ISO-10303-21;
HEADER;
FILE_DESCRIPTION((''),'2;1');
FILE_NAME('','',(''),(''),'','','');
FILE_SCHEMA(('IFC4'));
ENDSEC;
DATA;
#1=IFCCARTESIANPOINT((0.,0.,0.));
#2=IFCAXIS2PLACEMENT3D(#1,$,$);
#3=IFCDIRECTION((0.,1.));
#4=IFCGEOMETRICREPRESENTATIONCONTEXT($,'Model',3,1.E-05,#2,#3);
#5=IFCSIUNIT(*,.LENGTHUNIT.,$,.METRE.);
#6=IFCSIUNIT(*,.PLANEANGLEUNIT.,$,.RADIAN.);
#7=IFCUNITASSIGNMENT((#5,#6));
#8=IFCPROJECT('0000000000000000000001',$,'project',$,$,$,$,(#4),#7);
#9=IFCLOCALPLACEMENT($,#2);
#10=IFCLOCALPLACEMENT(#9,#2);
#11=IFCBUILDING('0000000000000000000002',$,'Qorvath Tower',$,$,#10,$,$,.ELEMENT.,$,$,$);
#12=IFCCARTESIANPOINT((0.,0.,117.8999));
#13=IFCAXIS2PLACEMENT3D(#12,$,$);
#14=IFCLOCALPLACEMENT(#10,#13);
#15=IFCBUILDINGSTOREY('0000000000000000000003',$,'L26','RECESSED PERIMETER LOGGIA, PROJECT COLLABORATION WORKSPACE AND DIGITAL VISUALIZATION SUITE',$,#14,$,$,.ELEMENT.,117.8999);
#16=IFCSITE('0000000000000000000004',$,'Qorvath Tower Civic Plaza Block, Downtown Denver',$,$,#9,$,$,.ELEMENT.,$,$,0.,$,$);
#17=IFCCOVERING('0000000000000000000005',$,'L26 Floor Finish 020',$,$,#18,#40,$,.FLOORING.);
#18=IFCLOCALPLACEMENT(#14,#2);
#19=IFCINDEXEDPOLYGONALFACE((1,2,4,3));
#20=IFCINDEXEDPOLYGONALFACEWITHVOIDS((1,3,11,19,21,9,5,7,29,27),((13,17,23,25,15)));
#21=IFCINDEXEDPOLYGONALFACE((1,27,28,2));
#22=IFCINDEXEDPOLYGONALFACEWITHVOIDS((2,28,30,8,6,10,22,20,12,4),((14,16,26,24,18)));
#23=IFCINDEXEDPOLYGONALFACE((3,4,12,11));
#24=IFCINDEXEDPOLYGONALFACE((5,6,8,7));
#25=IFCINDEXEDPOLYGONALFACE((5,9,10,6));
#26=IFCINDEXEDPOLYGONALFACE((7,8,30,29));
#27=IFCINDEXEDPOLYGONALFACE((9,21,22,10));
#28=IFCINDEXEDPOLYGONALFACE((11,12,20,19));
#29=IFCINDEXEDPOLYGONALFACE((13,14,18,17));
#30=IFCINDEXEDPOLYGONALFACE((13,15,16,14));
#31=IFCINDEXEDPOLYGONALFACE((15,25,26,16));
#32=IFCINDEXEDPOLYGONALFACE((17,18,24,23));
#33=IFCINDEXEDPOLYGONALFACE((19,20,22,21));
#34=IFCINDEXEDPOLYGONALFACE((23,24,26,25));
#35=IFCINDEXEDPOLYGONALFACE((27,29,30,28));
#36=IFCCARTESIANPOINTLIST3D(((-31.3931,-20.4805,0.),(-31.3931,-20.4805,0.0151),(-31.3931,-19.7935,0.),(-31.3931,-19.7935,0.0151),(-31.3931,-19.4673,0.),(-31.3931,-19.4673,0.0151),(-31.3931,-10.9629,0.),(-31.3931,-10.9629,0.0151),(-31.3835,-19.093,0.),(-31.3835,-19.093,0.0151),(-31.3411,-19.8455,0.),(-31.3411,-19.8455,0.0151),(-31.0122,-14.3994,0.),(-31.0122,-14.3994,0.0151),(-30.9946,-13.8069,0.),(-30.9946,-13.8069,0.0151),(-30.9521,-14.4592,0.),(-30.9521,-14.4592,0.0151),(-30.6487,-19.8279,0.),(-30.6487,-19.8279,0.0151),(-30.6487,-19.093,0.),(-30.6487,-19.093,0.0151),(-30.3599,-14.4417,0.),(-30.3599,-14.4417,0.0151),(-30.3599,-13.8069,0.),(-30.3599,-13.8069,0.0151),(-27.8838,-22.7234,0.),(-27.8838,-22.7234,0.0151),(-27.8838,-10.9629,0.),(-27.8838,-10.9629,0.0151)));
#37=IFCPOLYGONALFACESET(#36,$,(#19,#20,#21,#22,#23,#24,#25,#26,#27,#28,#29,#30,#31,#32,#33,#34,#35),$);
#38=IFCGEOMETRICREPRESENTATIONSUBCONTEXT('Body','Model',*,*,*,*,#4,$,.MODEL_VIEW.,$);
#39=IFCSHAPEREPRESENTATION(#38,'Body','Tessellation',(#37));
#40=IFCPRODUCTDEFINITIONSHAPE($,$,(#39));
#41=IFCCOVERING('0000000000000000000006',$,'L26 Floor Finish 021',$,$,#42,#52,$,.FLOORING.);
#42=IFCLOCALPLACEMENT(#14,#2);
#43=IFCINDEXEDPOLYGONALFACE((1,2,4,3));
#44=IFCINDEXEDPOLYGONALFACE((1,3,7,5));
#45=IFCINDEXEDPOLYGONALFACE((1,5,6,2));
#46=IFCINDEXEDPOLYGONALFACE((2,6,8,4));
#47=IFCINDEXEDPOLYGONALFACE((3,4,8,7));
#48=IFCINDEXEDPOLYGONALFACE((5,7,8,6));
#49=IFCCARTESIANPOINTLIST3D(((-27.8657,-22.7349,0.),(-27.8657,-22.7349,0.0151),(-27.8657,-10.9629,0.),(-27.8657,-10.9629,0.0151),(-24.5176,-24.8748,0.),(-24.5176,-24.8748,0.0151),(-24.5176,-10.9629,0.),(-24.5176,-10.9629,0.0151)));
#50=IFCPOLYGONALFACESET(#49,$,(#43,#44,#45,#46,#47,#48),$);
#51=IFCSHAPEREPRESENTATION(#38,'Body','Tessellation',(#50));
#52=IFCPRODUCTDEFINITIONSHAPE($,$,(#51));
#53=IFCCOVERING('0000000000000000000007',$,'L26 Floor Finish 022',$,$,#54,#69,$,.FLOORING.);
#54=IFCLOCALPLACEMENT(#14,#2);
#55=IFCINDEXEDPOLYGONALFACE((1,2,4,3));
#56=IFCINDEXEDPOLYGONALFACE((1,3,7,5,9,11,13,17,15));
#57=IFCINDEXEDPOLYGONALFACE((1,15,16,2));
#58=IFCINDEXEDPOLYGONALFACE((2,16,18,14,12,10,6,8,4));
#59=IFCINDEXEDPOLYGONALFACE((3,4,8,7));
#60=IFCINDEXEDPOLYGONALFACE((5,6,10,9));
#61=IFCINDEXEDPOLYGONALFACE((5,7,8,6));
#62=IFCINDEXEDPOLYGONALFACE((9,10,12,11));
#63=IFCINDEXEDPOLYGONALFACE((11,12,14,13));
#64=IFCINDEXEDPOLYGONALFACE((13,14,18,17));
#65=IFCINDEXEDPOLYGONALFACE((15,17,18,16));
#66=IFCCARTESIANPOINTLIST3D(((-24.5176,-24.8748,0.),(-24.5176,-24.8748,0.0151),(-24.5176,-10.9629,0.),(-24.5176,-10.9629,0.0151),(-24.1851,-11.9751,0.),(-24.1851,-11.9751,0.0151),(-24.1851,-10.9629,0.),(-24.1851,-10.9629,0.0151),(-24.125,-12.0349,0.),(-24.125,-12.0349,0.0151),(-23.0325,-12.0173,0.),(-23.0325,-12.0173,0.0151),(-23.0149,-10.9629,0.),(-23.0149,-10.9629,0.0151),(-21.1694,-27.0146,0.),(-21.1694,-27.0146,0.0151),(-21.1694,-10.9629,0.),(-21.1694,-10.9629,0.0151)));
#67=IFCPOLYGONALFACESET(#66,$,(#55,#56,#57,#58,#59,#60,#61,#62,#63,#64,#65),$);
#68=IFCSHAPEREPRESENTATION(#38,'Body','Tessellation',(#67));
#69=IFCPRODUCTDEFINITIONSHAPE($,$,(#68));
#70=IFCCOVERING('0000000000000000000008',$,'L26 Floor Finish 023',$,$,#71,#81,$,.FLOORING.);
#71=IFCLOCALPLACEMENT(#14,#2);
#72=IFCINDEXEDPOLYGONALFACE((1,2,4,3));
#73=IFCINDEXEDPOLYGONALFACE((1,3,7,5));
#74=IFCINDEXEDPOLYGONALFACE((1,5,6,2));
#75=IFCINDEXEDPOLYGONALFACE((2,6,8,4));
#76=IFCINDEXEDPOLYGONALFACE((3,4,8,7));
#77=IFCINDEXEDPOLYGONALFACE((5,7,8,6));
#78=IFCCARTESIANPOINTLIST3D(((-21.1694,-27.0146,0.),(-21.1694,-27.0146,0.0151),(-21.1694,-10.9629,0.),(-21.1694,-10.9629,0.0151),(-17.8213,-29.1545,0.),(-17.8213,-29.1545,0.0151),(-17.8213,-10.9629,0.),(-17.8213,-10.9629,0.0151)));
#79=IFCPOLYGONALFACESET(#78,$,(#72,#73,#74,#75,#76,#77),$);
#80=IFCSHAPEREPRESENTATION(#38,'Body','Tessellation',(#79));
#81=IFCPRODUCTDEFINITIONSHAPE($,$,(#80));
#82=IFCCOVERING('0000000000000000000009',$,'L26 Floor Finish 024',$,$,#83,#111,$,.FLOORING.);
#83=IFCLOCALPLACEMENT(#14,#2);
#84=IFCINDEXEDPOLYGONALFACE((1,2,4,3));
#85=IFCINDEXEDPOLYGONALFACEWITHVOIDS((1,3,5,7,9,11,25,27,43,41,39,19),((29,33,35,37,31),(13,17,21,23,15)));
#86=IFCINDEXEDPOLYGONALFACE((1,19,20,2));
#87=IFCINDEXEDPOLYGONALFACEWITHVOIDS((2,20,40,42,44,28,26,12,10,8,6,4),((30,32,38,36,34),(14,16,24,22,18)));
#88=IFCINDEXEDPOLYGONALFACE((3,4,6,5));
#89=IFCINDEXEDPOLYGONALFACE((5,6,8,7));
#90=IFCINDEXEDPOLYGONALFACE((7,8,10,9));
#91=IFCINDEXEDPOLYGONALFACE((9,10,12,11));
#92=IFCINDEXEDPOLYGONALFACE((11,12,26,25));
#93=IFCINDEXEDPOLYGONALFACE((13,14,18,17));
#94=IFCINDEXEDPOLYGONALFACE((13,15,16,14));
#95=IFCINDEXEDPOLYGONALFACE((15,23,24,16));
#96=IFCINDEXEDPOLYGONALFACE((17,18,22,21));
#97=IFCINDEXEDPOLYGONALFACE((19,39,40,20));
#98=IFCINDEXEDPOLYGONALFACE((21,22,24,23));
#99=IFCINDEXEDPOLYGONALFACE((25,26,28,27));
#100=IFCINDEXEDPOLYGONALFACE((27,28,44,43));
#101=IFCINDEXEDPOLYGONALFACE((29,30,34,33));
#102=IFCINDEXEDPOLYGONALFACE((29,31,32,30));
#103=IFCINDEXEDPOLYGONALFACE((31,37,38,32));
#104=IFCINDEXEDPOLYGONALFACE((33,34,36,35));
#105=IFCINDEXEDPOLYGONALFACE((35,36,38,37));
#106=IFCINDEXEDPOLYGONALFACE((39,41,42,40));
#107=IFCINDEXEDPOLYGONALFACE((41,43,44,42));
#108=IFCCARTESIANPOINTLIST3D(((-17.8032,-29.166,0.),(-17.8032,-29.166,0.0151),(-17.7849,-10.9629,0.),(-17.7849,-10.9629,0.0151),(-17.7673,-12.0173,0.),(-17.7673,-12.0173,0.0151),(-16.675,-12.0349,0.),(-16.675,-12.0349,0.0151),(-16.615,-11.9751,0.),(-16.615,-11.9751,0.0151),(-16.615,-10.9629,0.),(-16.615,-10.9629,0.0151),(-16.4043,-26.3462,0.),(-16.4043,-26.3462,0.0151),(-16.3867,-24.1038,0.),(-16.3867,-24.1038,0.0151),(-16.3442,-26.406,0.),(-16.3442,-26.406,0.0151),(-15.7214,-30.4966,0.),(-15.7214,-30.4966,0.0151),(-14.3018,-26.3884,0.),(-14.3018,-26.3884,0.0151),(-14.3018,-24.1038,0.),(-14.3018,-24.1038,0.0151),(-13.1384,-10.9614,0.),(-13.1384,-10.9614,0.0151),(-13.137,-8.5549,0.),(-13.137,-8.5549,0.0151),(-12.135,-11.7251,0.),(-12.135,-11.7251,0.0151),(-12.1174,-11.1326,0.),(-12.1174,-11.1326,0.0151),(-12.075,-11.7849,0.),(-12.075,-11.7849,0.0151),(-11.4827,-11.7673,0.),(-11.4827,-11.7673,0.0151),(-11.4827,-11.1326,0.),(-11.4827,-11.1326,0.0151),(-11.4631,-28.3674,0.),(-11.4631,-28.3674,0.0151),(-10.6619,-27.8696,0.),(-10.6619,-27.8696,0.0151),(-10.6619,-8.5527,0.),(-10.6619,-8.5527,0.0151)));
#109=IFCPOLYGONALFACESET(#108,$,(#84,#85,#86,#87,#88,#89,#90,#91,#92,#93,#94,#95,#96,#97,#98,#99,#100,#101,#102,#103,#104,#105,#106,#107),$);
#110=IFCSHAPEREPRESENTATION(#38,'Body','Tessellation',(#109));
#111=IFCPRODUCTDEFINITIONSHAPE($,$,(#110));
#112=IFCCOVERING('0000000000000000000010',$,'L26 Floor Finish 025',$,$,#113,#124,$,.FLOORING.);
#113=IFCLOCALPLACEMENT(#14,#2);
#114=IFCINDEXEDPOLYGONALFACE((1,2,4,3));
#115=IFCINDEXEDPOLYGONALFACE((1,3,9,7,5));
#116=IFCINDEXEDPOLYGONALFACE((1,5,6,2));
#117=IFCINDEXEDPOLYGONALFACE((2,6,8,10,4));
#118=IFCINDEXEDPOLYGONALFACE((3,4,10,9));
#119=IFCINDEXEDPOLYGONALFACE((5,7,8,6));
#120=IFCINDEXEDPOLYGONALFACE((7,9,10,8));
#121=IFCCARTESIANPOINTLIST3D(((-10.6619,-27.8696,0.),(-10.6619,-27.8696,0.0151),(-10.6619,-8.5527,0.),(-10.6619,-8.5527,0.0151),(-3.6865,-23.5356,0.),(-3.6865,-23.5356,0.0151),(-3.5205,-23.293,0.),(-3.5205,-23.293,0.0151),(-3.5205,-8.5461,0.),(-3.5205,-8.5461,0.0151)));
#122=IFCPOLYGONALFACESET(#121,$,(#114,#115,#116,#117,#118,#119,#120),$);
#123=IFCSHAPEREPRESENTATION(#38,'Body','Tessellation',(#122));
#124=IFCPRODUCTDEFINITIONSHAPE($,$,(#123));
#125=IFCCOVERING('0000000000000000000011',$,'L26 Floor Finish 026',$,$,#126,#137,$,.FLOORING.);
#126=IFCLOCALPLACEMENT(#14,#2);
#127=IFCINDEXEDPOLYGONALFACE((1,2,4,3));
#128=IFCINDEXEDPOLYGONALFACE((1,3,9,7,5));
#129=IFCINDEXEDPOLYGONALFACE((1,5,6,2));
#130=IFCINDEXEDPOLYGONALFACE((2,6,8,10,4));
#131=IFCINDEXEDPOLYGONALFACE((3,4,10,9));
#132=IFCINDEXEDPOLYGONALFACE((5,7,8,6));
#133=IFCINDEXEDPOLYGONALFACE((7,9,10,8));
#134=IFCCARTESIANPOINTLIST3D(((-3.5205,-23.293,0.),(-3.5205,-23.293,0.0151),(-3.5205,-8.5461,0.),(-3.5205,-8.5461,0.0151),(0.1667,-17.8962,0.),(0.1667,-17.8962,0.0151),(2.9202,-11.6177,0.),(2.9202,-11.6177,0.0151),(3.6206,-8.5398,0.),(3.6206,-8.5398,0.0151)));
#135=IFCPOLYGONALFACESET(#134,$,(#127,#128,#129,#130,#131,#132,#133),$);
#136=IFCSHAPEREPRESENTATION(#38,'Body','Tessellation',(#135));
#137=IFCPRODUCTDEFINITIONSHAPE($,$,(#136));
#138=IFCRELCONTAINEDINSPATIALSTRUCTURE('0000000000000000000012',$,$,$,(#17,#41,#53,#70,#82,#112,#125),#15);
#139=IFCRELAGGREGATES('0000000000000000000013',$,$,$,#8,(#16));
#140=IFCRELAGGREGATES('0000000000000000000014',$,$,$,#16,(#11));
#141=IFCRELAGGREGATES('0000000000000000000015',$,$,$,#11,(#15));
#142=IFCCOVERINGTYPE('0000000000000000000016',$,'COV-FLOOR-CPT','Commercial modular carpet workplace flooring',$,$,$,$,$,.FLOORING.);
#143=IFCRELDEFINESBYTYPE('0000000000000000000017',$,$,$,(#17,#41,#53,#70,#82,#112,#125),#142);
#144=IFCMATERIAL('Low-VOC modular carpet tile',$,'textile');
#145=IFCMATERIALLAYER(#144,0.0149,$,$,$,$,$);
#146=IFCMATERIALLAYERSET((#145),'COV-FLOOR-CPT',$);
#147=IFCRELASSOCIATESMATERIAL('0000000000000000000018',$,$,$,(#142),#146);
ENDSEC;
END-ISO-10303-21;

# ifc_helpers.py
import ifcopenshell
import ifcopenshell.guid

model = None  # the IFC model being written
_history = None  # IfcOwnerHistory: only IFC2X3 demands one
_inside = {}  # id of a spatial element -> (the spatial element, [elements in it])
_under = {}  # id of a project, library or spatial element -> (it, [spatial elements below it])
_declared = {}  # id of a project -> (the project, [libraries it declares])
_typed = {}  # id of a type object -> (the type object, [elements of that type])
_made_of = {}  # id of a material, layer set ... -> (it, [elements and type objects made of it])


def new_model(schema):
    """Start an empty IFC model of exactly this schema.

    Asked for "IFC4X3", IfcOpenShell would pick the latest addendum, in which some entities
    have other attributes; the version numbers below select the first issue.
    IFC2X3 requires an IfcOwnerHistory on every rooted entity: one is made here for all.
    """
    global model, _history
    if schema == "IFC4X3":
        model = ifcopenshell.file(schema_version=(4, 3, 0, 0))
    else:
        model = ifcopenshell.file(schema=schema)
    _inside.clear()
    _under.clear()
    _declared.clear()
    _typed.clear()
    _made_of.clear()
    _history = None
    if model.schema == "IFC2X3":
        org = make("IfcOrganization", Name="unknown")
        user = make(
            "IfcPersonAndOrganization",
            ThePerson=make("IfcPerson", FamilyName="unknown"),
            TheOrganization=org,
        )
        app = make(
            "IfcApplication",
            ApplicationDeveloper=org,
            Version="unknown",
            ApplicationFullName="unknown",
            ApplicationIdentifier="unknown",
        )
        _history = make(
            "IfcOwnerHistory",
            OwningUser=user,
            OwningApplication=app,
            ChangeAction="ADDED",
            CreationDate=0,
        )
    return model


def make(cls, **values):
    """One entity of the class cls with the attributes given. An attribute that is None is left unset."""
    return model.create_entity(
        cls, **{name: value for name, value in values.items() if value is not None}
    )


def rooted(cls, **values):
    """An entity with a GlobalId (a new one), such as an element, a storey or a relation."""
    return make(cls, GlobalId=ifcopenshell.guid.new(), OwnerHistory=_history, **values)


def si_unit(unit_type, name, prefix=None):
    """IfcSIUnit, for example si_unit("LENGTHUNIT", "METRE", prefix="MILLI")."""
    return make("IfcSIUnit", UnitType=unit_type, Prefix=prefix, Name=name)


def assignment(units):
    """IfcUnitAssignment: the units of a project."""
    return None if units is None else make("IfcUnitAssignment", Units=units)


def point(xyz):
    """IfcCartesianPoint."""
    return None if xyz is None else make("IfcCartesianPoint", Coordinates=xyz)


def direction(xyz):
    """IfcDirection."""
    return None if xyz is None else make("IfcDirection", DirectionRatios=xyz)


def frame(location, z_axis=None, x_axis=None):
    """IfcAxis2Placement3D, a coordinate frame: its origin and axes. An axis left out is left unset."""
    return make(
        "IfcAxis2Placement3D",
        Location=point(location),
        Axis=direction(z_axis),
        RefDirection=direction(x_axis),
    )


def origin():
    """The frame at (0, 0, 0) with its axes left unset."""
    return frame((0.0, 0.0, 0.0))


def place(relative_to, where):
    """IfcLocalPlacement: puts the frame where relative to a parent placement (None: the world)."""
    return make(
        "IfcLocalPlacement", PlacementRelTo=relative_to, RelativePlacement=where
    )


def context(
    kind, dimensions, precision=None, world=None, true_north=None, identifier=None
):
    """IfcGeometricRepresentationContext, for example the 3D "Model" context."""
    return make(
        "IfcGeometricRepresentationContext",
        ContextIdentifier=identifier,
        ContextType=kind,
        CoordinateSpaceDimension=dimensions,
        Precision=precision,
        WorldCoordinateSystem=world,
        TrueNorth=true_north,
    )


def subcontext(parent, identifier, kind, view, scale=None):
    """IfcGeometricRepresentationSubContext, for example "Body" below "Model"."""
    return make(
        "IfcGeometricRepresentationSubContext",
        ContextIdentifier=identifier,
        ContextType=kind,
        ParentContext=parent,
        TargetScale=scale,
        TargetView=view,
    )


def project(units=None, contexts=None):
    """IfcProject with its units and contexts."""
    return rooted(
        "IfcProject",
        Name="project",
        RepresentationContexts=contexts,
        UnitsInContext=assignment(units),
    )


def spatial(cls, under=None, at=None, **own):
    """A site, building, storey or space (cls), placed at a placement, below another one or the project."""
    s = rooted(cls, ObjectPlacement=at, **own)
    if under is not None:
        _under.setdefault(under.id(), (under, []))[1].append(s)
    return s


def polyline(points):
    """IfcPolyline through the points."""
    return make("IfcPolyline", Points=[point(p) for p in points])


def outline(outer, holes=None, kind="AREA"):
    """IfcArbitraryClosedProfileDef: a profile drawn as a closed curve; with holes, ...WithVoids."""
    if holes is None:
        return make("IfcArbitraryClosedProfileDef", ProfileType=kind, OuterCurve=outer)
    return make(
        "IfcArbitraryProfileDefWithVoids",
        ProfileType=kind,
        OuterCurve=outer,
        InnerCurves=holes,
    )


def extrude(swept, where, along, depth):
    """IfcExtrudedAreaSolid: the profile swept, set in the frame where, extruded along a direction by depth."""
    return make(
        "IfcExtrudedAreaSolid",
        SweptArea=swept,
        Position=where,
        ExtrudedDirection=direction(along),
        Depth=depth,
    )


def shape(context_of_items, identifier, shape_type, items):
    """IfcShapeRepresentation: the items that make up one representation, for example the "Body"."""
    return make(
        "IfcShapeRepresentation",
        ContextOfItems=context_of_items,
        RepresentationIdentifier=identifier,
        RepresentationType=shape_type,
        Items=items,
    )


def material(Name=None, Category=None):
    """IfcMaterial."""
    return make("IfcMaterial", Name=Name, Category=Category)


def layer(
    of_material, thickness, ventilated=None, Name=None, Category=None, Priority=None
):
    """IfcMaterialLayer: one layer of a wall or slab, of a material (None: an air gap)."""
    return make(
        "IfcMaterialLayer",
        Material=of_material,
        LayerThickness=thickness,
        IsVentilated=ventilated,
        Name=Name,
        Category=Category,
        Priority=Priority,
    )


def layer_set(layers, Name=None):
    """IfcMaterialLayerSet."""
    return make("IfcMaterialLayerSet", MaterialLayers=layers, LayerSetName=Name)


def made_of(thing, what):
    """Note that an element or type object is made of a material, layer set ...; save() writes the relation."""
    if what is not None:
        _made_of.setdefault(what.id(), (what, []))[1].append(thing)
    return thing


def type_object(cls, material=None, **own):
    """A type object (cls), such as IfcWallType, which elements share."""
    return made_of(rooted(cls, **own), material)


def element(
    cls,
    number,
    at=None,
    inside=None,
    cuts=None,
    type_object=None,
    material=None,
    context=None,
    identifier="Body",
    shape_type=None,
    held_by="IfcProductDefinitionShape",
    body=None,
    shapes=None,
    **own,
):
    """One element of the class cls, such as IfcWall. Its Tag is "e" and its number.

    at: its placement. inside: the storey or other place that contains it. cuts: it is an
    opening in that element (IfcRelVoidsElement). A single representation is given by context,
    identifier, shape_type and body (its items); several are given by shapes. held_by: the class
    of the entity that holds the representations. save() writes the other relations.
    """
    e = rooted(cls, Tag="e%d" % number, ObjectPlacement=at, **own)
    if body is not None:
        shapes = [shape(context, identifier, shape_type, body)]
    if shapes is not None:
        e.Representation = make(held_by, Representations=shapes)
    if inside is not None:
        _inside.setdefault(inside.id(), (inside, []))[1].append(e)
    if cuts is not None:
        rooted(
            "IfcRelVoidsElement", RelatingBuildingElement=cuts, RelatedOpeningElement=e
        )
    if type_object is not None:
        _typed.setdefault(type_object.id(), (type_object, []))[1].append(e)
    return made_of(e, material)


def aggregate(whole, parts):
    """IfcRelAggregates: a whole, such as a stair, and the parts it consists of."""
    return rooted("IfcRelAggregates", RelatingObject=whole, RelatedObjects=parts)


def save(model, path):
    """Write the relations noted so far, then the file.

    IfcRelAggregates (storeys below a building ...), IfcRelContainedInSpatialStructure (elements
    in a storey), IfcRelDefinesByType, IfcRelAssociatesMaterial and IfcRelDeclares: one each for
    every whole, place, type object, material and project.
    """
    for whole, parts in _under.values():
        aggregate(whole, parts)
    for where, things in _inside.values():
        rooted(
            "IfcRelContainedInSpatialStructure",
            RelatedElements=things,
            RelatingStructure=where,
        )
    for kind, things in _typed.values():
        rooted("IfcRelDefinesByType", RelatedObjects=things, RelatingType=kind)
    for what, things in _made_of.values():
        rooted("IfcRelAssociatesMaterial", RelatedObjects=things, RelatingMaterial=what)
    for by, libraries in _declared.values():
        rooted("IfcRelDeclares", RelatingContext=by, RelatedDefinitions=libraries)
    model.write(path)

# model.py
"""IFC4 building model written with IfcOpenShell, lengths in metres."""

from ifc_helpers import new_model, si_unit, direction, frame, origin, place, context, subcontext, project, spatial, polyline, outline, extrude, material, layer, layer_set, type_object, element, save


model = new_model("IFC4")

# Units and contexts
model_context = context("Model", 3, precision=1e-05, world=origin(), true_north=direction((0.0, 1.0)))
body_context = subcontext(model_context, "Body", "Model", "MODEL_VIEW")
ifc_project = project(units=[si_unit("LENGTHUNIT", "METRE"), si_unit("PLANEANGLEUNIT", "RADIAN")], contexts=[model_context])

# Site, building, storey
site_placement = place(None, origin())
site = spatial("IfcSite", under=ifc_project, at=site_placement, Name="Qorvath Tower Civic Plaza Block, Downtown Denver", CompositionType="ELEMENT", RefElevation=0.0)
building_placement = place(site_placement, origin())
building = spatial("IfcBuilding", under=site, at=building_placement, Name="Qorvath Tower", CompositionType="ELEMENT")
storey_placement = place(building_placement, frame((0.0, 0.0, 117.8999)))
storey = spatial("IfcBuildingStorey", under=building, at=storey_placement, Name="L26", Description="RECESSED PERIMETER LOGGIA, PROJECT COLLABORATION WORKSPACE AND DIGITAL VISUALIZATION SUITE", CompositionType="ELEMENT", Elevation=117.8999)

# Coverings
ifc_material_1 = material(Name="Low-VOC modular carpet tile", Category="textile")
ifc_layer_1 = layer(ifc_material_1, 0.0149)
ifc_layer_set_1 = layer_set([ifc_layer_1], Name="COV-FLOOR-CPT")
covering_type_1 = type_object("IfcCoveringType", Name="COV-FLOOR-CPT", Description="Commercial modular carpet workplace flooring", PredefinedType="FLOORING", material=ifc_layer_set_1)
covering_1_placement = place(storey_placement, origin())
element("IfcCovering", 1, at=covering_1_placement, inside=storey, type_object=covering_type_1, Name="L26 Floor Finish 020", PredefinedType="FLOORING", context=body_context, shape_type="SweptSolid", body=[
    extrude(outline(polyline([(-31.3931, -10.9629), (-31.3931, -19.4673), (-31.3835, -19.093), (-30.6487, -19.093), (-30.6487, -19.8279), (-31.3411, -19.8455), (-31.3931, -19.7935), (-31.3931, -20.4805), (-27.8838, -22.7234), (-27.8838, -10.9629), (-31.3931, -10.9629)]), holes=[polyline([(-31.0122, -14.3994), (-30.9946, -13.8069), (-30.3599, -13.8069), (-30.3599, -14.4417), (-30.9521, -14.4592), (-31.0122, -14.3994)])]), origin(), (0.0, 0.0, 1.0), 0.0151),
])
covering_2_placement = place(storey_placement, origin())
element("IfcCovering", 2, at=covering_2_placement, inside=storey, type_object=covering_type_1, Name="L26 Floor Finish 021", PredefinedType="FLOORING", context=body_context, shape_type="SweptSolid", body=[
    extrude(outline(polyline([(-24.5176, -24.8748), (-24.5176, -10.9629), (-27.8657, -10.9629), (-27.8657, -22.7349), (-24.5176, -24.8748)])), origin(), (0.0, 0.0, 1.0), 0.0151),
])
covering_3_placement = place(storey_placement, origin())
element("IfcCovering", 3, at=covering_3_placement, inside=storey, type_object=covering_type_1, Name="L26 Floor Finish 022", PredefinedType="FLOORING", context=body_context, shape_type="SweptSolid", body=[
    extrude(outline(polyline([(-21.1694, -27.0146), (-21.1694, -10.9629), (-23.0149, -10.9629), (-23.0325, -12.0173), (-24.125, -12.0349), (-24.1851, -11.9751), (-24.1851, -10.9629), (-24.5176, -10.9629), (-24.5176, -24.8748), (-21.1694, -27.0146)])), origin(), (0.0, 0.0, 1.0), 0.0151),
])
covering_4_placement = place(storey_placement, origin())
element("IfcCovering", 4, at=covering_4_placement, inside=storey, type_object=covering_type_1, Name="L26 Floor Finish 023", PredefinedType="FLOORING", context=body_context, shape_type="SweptSolid", body=[
    extrude(outline(polyline([(-17.8213, -29.1545), (-17.8213, -10.9629), (-21.1694, -10.9629), (-21.1694, -27.0146), (-17.8213, -29.1545)])), origin(), (0.0, 0.0, 1.0), 0.0151),
])
covering_5_placement = place(storey_placement, origin())
element("IfcCovering", 5, at=covering_5_placement, inside=storey, type_object=covering_type_1, Name="L26 Floor Finish 024", PredefinedType="FLOORING", context=body_context, shape_type="SweptSolid", body=[
    extrude(outline(polyline([(-17.7849, -10.9629), (-17.8032, -29.166), (-15.7214, -30.4966), (-11.4631, -28.3674), (-10.6619, -27.8696), (-10.6619, -8.5527), (-13.137, -8.5549), (-13.1384, -10.9614), (-16.615, -10.9629), (-16.615, -11.9751), (-16.675, -12.0349), (-17.7673, -12.0173), (-17.7849, -10.9629)]), holes=[polyline([(-12.135, -11.7251), (-12.1174, -11.1326), (-11.4827, -11.1326), (-11.4827, -11.7673), (-12.075, -11.7849), (-12.135, -11.7251)]), polyline([(-16.4043, -26.3462), (-16.3867, -24.1038), (-14.3018, -24.1038), (-14.3018, -26.3884), (-16.3442, -26.406), (-16.4043, -26.3462)])]), origin(), (0.0, 0.0, 1.0), 0.0151),
])
covering_6_placement = place(storey_placement, origin())
element("IfcCovering", 6, at=covering_6_placement, inside=storey, type_object=covering_type_1, Name="L26 Floor Finish 025", PredefinedType="FLOORING", context=body_context, shape_type="SweptSolid", body=[
    extrude(outline(polyline([(-10.6619, -8.5527), (-10.6619, -27.8696), (-3.6865, -23.5356), (-3.5205, -23.293), (-3.5205, -8.5461), (-10.6619, -8.5527)])), origin(), (0.0, 0.0, 1.0), 0.0151),
])
covering_7_placement = place(storey_placement, origin())
element("IfcCovering", 7, at=covering_7_placement, inside=storey, type_object=covering_type_1, Name="L26 Floor Finish 026", PredefinedType="FLOORING", context=body_context, shape_type="SweptSolid", body=[
    extrude(outline(polyline([(-3.5205, -8.5461), (-3.5205, -23.293), (0.1667, -17.8962), (2.9202, -11.6177), (3.6206, -8.5398), (-3.5205, -8.5461)])), origin(), (0.0, 0.0, 1.0), 0.0151),
])

save(model, "model.ifc")
